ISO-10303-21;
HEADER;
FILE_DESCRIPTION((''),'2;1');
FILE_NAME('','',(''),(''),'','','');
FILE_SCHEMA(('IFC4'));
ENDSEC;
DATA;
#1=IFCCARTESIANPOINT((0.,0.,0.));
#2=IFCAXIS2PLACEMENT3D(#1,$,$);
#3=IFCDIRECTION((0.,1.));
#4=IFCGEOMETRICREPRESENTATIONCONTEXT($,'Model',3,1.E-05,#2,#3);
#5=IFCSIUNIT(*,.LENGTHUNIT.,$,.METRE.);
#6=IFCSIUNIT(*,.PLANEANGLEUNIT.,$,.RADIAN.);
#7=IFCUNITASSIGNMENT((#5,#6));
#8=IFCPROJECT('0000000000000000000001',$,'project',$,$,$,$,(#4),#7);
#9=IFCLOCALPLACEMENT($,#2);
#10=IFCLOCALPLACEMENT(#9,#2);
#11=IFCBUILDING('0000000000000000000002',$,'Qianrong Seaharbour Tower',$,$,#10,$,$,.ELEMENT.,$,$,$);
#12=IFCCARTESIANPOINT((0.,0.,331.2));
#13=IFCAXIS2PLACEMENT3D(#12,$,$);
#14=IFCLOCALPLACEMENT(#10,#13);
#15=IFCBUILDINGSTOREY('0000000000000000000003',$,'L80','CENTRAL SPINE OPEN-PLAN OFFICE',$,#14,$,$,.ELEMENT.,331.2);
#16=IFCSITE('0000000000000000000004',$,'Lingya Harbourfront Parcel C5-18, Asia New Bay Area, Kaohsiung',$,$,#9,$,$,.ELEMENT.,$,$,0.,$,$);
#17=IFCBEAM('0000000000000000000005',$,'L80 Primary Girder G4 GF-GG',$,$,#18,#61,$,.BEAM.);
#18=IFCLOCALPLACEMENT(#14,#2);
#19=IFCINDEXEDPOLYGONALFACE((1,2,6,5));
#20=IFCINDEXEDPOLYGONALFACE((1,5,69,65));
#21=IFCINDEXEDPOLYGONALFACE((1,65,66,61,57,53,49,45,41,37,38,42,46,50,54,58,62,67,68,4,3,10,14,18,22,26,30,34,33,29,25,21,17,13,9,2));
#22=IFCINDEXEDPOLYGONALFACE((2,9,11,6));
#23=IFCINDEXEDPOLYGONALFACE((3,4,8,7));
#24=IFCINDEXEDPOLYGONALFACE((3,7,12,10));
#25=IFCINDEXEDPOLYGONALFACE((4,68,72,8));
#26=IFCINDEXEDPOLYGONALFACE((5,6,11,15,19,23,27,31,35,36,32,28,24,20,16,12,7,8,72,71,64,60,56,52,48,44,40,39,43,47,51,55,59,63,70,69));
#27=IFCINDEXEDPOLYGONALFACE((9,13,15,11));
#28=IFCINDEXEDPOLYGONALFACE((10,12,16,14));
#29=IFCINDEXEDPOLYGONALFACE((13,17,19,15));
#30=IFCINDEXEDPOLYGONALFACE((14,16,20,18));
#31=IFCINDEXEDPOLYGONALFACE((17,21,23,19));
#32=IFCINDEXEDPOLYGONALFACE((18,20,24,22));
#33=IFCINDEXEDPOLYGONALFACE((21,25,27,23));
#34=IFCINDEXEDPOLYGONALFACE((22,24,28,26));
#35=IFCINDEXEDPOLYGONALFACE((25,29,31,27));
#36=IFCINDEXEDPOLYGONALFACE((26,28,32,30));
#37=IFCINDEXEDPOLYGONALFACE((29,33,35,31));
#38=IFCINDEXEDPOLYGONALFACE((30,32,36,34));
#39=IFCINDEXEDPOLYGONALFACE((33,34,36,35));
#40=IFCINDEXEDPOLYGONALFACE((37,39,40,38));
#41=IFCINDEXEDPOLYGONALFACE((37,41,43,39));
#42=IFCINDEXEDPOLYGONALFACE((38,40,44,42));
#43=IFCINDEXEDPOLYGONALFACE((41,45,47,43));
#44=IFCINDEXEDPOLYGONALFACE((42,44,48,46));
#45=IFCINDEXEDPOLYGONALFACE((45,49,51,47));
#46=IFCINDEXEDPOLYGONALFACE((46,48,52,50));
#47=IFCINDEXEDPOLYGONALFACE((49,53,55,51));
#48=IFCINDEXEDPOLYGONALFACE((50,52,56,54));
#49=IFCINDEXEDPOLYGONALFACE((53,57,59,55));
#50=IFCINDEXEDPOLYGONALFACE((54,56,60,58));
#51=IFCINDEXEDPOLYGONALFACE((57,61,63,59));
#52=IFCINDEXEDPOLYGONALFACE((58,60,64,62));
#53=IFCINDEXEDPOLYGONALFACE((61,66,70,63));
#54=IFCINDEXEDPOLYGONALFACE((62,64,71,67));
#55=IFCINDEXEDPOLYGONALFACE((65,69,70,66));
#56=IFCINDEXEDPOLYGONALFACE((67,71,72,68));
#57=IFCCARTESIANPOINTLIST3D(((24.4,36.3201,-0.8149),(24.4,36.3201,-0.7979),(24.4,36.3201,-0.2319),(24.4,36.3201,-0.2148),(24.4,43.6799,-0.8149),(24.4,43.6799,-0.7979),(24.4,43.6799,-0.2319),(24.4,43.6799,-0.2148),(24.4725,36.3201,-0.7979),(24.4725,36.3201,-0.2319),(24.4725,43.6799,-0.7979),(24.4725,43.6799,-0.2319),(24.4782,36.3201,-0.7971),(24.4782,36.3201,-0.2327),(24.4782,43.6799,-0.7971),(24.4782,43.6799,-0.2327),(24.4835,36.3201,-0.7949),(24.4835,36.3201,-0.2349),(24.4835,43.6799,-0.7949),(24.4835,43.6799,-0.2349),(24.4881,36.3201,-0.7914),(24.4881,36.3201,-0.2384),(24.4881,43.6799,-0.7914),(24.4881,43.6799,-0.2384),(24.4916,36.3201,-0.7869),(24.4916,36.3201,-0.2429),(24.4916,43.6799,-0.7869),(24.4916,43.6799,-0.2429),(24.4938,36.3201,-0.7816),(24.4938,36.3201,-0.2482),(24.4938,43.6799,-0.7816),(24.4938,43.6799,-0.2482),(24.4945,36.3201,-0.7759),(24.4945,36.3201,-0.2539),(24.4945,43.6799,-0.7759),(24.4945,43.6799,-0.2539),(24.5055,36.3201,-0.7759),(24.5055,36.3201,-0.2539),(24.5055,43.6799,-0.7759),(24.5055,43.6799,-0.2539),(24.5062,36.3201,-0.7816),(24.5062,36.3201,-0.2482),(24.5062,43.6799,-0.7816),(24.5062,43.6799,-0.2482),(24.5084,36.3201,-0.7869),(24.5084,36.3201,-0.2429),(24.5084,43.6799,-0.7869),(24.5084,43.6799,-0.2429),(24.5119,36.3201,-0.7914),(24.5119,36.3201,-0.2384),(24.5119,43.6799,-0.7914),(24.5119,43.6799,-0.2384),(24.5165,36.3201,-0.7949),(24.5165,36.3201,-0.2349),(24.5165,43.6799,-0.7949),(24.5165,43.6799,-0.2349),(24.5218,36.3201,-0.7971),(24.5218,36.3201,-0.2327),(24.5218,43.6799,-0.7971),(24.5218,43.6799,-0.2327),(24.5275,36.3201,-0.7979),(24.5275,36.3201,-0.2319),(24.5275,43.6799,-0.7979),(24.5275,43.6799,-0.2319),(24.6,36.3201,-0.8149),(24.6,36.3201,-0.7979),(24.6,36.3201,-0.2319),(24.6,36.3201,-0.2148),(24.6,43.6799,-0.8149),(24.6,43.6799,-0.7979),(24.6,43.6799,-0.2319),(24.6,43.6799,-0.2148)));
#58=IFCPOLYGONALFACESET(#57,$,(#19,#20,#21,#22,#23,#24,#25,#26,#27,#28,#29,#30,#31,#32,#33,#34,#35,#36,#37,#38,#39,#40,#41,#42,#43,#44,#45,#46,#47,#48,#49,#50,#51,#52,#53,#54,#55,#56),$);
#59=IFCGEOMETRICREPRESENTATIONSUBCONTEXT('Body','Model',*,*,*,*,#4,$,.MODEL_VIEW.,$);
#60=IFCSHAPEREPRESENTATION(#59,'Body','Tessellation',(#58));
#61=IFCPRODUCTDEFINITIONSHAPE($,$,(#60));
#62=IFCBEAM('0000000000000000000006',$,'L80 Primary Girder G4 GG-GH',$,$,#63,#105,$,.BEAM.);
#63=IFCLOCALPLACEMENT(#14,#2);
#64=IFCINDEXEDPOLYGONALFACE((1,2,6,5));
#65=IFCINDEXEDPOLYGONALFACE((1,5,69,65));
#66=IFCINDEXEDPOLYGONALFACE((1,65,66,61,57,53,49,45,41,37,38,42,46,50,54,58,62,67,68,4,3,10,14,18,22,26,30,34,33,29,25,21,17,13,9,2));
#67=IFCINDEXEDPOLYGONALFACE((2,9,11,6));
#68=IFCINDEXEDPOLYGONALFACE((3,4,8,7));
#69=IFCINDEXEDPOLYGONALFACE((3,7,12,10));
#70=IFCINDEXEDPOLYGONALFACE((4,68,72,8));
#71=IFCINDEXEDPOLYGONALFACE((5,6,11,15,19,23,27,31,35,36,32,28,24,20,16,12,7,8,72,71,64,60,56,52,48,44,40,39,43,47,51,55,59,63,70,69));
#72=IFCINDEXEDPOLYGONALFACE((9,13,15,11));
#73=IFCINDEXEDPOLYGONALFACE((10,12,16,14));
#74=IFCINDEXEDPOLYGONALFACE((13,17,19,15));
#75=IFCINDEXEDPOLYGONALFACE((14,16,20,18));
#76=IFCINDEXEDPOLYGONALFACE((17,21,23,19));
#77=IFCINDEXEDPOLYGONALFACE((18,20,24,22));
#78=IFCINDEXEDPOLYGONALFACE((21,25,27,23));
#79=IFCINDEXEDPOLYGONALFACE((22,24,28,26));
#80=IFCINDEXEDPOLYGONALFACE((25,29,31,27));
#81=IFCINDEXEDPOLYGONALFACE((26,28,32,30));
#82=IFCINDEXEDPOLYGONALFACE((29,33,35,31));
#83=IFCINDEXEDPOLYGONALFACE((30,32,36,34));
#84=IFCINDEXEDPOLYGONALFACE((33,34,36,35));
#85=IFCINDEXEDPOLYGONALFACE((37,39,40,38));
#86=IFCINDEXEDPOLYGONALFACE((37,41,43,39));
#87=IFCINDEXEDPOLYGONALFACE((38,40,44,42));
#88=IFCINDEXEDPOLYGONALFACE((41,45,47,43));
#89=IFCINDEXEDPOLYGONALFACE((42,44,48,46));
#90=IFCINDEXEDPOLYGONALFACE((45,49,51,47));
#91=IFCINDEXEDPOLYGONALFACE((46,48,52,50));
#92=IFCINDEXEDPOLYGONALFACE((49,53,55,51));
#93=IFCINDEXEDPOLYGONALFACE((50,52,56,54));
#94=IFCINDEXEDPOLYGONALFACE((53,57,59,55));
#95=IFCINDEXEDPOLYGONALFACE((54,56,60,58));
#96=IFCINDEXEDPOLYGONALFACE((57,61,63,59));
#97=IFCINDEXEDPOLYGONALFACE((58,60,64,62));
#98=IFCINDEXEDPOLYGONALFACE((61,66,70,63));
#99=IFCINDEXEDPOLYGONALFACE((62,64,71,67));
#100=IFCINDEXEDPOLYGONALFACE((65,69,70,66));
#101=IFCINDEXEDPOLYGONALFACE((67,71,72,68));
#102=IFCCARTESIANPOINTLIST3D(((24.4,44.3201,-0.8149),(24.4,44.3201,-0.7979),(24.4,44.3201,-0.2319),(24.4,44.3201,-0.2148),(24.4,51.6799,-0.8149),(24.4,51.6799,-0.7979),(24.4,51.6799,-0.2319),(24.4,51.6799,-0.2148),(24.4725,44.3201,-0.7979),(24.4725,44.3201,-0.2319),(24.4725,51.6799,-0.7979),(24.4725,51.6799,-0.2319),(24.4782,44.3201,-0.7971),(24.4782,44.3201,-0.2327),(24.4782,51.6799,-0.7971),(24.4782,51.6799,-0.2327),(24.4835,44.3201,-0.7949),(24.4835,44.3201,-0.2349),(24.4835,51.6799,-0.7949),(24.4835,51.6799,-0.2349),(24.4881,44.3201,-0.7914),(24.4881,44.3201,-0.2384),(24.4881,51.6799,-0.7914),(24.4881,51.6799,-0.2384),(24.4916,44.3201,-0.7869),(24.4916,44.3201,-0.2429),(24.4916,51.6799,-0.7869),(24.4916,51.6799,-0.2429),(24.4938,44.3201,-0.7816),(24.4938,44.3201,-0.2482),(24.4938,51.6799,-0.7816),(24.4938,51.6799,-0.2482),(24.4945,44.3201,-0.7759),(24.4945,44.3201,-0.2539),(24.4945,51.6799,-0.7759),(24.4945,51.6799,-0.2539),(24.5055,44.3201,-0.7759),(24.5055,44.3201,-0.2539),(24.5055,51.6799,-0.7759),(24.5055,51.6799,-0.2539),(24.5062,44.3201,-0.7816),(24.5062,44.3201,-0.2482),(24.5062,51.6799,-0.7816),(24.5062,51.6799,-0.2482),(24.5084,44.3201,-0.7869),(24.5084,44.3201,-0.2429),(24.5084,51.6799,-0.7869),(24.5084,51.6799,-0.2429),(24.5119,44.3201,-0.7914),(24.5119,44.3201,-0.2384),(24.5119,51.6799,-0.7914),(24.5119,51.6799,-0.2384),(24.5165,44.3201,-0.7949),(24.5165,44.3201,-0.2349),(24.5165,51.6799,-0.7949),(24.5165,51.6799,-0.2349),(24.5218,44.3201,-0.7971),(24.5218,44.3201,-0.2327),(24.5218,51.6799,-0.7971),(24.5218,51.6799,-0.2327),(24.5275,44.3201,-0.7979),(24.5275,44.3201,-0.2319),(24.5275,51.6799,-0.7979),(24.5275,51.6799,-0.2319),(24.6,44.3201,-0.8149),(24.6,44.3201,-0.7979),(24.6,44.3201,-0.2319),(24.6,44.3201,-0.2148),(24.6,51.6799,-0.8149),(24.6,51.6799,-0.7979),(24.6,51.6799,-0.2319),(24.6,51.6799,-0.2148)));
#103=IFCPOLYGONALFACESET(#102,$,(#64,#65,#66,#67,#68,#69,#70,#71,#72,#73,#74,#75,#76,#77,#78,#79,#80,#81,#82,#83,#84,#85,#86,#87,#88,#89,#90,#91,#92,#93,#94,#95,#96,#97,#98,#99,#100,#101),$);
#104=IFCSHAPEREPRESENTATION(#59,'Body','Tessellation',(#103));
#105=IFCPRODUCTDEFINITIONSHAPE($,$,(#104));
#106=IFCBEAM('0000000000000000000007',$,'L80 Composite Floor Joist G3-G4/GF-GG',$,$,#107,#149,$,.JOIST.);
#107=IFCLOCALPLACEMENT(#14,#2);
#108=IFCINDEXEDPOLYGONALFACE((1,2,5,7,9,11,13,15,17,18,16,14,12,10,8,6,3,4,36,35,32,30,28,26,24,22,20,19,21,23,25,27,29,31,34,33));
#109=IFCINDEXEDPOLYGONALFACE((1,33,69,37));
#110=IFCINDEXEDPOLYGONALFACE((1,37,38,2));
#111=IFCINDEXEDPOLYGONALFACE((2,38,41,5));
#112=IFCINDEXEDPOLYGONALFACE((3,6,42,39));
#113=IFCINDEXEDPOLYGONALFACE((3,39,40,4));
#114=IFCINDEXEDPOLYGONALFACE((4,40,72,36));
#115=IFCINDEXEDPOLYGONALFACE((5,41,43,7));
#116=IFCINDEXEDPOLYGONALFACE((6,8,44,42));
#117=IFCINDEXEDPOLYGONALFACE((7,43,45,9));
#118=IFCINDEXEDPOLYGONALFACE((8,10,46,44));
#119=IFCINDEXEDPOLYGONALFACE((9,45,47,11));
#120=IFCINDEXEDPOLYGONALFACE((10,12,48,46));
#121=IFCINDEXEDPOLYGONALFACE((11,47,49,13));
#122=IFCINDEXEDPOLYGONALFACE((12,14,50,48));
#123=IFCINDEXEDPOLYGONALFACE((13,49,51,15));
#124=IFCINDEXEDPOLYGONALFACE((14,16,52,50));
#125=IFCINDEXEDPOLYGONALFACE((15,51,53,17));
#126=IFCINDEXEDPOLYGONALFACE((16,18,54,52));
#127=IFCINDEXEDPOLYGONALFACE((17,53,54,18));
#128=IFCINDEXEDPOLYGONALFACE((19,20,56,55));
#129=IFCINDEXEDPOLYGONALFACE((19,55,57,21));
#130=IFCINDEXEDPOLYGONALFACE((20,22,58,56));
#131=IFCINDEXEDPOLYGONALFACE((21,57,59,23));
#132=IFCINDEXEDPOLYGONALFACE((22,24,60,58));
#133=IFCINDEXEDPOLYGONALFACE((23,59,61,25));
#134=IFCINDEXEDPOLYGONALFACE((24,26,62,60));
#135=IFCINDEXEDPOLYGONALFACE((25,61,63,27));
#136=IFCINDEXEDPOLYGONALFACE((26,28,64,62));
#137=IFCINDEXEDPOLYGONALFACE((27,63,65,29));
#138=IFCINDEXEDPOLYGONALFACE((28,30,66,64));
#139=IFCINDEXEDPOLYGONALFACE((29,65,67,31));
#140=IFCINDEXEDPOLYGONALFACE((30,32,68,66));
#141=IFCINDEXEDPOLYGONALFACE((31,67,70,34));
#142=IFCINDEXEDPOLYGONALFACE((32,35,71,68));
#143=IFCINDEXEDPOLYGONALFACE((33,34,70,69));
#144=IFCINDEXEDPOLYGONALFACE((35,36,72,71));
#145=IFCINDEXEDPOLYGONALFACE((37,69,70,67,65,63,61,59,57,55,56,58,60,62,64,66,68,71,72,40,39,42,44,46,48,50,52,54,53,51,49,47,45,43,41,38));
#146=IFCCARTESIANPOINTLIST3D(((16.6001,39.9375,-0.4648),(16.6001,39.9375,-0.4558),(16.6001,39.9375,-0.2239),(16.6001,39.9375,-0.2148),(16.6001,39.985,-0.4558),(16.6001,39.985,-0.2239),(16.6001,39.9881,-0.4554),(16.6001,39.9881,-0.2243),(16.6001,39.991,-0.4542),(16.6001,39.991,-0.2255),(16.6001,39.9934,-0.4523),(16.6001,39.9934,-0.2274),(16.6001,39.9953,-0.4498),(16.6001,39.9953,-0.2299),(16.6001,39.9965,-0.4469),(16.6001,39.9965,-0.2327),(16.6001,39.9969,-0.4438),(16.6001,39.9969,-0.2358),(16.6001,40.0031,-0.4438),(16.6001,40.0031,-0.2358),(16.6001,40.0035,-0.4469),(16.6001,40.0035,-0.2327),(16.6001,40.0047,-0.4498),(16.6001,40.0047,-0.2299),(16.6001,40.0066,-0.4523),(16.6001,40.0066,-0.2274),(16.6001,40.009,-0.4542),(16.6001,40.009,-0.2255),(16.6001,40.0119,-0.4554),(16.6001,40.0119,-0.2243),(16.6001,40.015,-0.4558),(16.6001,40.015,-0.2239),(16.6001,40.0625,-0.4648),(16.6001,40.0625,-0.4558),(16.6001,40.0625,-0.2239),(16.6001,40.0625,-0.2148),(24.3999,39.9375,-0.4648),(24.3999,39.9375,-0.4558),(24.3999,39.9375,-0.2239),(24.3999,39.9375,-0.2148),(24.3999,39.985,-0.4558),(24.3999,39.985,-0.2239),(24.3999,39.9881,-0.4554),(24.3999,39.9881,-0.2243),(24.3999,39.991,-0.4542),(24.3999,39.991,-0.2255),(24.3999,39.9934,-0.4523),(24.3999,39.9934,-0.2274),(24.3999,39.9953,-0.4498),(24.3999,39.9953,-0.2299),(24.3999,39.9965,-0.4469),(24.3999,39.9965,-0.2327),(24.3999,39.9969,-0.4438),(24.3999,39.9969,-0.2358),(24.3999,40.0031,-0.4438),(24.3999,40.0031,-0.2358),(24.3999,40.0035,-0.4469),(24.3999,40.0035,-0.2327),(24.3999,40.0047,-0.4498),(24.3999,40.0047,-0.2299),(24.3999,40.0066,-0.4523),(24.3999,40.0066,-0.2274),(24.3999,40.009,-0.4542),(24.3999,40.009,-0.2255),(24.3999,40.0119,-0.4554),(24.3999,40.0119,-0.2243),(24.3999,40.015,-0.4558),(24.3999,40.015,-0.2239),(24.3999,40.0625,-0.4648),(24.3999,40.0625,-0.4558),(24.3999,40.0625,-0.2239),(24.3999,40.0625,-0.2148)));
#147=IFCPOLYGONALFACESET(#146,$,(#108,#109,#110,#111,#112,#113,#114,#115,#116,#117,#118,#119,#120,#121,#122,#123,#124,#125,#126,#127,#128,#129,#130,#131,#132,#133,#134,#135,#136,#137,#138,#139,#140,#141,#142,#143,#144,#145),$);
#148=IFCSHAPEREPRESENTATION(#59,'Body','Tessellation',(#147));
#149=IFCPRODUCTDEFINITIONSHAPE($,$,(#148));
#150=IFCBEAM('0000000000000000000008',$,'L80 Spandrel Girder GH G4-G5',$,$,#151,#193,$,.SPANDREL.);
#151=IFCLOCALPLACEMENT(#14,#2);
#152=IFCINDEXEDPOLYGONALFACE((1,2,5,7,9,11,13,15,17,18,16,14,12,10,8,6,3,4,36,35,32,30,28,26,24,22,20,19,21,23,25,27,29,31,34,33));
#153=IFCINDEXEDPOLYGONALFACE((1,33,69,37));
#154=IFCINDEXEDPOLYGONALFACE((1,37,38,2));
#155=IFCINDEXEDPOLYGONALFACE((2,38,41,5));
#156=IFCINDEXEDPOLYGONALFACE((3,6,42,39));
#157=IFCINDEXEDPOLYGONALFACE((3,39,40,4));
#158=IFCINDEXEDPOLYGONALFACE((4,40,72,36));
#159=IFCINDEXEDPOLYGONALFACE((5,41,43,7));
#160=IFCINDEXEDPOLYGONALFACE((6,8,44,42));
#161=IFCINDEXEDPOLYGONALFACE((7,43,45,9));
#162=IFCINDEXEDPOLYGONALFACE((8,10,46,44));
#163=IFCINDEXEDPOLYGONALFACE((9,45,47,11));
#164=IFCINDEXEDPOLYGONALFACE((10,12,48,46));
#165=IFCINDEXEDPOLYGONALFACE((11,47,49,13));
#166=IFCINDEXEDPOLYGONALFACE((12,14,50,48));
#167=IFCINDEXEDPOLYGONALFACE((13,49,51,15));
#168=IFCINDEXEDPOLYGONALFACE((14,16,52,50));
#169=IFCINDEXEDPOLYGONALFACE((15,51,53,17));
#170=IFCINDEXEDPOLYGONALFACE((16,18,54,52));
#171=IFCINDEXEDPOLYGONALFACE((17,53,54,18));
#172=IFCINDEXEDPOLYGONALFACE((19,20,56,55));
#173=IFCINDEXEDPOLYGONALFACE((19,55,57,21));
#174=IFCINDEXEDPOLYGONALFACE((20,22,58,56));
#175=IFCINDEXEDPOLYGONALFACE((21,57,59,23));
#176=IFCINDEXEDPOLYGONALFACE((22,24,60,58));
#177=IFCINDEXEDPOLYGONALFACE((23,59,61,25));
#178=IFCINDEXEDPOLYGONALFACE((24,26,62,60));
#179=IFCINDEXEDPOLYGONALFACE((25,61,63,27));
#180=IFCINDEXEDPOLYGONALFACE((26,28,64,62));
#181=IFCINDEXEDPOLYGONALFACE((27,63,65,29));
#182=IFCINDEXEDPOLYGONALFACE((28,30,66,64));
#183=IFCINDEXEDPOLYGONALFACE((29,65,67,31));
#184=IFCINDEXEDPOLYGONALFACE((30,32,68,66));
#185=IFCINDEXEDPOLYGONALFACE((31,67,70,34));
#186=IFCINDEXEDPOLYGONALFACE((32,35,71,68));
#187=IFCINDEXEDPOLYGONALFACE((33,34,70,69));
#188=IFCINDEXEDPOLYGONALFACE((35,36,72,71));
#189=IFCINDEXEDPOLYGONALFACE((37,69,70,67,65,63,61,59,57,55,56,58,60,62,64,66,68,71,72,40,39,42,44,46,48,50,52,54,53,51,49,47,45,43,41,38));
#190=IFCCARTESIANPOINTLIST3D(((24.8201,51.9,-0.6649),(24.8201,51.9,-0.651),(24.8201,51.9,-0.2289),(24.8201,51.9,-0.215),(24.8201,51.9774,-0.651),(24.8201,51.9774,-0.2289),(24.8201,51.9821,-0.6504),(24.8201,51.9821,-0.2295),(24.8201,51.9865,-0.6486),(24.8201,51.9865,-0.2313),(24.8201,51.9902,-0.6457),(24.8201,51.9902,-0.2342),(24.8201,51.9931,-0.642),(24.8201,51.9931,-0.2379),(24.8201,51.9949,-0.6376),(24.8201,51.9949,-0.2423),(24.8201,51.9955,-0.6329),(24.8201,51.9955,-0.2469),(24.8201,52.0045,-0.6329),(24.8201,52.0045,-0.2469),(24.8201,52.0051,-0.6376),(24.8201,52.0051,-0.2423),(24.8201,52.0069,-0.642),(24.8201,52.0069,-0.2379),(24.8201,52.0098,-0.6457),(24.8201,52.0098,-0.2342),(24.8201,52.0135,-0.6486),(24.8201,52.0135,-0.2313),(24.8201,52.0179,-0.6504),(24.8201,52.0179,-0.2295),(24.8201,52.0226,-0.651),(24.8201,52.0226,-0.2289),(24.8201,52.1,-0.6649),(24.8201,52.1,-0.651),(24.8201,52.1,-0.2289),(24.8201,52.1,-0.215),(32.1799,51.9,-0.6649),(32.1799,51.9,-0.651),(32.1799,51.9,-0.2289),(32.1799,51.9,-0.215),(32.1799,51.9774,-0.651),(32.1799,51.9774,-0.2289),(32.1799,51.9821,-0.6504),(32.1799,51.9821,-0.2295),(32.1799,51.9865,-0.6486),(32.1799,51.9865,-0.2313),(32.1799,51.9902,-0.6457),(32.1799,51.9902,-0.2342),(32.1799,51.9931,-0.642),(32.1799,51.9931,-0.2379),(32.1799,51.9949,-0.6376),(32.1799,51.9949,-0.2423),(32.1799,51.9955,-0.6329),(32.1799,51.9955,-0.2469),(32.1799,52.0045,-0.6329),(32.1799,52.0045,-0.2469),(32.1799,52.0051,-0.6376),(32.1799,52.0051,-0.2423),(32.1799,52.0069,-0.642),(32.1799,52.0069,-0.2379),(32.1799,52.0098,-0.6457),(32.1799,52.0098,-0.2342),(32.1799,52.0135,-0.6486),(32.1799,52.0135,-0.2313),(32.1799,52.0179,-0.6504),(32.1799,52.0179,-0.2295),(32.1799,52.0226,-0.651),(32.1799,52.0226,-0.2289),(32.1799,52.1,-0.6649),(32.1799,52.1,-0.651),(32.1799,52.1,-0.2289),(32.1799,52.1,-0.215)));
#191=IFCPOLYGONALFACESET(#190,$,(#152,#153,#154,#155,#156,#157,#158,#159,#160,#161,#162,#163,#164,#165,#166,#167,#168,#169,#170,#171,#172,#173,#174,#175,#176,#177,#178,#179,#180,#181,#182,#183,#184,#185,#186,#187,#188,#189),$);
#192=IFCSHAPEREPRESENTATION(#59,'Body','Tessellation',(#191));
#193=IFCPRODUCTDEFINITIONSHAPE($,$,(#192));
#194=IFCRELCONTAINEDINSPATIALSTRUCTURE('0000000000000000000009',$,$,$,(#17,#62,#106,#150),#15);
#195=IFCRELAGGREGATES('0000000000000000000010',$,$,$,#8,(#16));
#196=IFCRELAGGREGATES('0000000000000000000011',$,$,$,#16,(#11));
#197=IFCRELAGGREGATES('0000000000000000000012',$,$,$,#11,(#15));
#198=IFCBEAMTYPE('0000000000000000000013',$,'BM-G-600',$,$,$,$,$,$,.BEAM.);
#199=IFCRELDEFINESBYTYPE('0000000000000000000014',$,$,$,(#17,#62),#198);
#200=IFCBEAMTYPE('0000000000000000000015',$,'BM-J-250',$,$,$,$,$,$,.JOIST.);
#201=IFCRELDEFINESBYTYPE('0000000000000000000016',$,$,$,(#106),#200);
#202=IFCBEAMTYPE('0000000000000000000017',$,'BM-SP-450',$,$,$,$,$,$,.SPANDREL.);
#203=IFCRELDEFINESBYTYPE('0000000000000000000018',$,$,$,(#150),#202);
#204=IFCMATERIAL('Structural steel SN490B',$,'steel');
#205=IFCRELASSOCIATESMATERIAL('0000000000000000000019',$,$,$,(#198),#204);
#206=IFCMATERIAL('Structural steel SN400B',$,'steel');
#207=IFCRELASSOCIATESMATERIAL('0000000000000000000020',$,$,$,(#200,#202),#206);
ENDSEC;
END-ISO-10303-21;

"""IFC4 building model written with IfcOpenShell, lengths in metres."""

from ifc_helpers import new_model, si_unit, direction, frame, origin, origin_2d, place, context, subcontext, project, spatial, i_section, extrude, material, material_profile, profile_set, type_object, element, save


model = new_model("IFC4")

# Units and contexts
model_context = context("Model", 3, precision=1e-05, world=origin(), true_north=direction((0.0, 1.0)))
body_context = subcontext(model_context, "Body", "Model", "MODEL_VIEW")
ifc_project = project(units=[si_unit("LENGTHUNIT", "METRE"), si_unit("PLANEANGLEUNIT", "RADIAN")], contexts=[model_context])

# Site, building, storey
site_placement = place(None, origin())
site = spatial("IfcSite", under=ifc_project, at=site_placement, Name="Lingya Harbourfront Parcel C5-18, Asia New Bay Area, Kaohsiung", CompositionType="ELEMENT", RefElevation=0.0)
building_placement = place(site_placement, origin())
building = spatial("IfcBuilding", under=site, at=building_placement, Name="Qianrong Seaharbour Tower", CompositionType="ELEMENT")
storey_placement = place(building_placement, frame((0.0, 0.0, 331.2)))
storey = spatial("IfcBuildingStorey", under=building, at=storey_placement, Name="L80", Description="CENTRAL SPINE OPEN-PLAN OFFICE", CompositionType="ELEMENT", Elevation=331.2)

# Shared definitions
ifc_material_1 = material(Name="Structural steel SN490B", Category="steel")
ifc_material_2 = material(Name="Structural steel SN400B", Category="steel")

# Beams
ifc_material_profile_1 = material_profile(ifc_material_1, i_section(OverallWidth=0.2, OverallDepth=0.6001, WebThickness=0.011, FlangeThickness=0.0171, FilletRadius=0.022, at=origin_2d()), Name="H600x200x11x17")
ifc_profile_set_1 = profile_set([ifc_material_profile_1], Name="Structural steel SN490B")
beam_type_1 = type_object("IfcBeamType", Name="BM-G-600", PredefinedType="BEAM", material=ifc_profile_set_1)
for number, where, z_axis, x_axis, name in (
    (1, (24.5, 36.3201, -0.5149), (0.0, 1.0, 0.0), (-1.0, 0.0, 0.0), "L80 Primary Girder G4 GF-GG"),
    (2, (24.5, 44.3201, -0.5149), (0.0, 1.0, 0.0), (-1.0, 0.0, 0.0), "L80 Primary Girder G4 GG-GH"),
):
    element("IfcBeam", number, at=place(storey_placement, frame(where, z_axis=z_axis, x_axis=x_axis)), inside=storey, type_object=beam_type_1, Name=name, PredefinedType="BEAM", context=body_context, shape_type="SweptSolid", body=[
        extrude(i_section(OverallWidth=0.2, OverallDepth=0.6001, WebThickness=0.011, FlangeThickness=0.0171, FilletRadius=0.022, at=origin_2d()), origin(), (0.0, 0.0, 1.0), 7.3599),
    ])
ifc_material_profile_2 = material_profile(ifc_material_2, i_section(OverallWidth=0.125, OverallDepth=0.25, WebThickness=0.0061, FlangeThickness=0.009, FilletRadius=0.012, at=origin_2d()), Name="H250x125x6x9")
ifc_profile_set_2 = profile_set([ifc_material_profile_2], Name="Structural steel SN400B")
beam_type_2 = type_object("IfcBeamType", Name="BM-J-250", PredefinedType="JOIST", material=ifc_profile_set_2)
beam_1_placement = place(storey_placement, frame((16.6001, 40.0, -0.3398), z_axis=(1.0, 0.0, 0.0), x_axis=(0.0, 1.0, 0.0)))
element("IfcBeam", 3, at=beam_1_placement, inside=storey, type_object=beam_type_2, Name="L80 Composite Floor Joist G3-G4/GF-GG", PredefinedType="JOIST", context=body_context, shape_type="SweptSolid", body=[
    extrude(i_section(OverallWidth=0.125, OverallDepth=0.25, WebThickness=0.0061, FlangeThickness=0.009, FilletRadius=0.012, at=origin_2d()), origin(), (0.0, 0.0, 1.0), 7.7998),
])
ifc_material_profile_3 = material_profile(ifc_material_2, i_section(OverallWidth=0.2, OverallDepth=0.45, WebThickness=0.009, FlangeThickness=0.0139, FilletRadius=0.0181, at=origin_2d()), Name="H450x200x9x14")
ifc_profile_set_3 = profile_set([ifc_material_profile_3], Name="Structural steel SN400B")
beam_type_3 = type_object("IfcBeamType", Name="BM-SP-450", PredefinedType="SPANDREL", material=ifc_profile_set_3)
for number, where, z_axis, x_axis, name in (
    (4, (24.8201, 52.0, -0.4399), (1.0, 0.0, 0.0), (0.0, 1.0, 0.0), "L80 Spandrel Girder GH G4-G5"),
):
    element("IfcBeam", number, at=place(storey_placement, frame(where, z_axis=z_axis, x_axis=x_axis)), inside=storey, type_object=beam_type_3, Name=name, PredefinedType="SPANDREL", context=body_context, shape_type="SweptSolid", body=[
        extrude(i_section(OverallWidth=0.2, OverallDepth=0.45, WebThickness=0.009, FlangeThickness=0.0139, FilletRadius=0.0181, at=origin_2d()), origin(), (0.0, 0.0, 1.0), 7.3599),
    ])

save(model, "model.ifc")
